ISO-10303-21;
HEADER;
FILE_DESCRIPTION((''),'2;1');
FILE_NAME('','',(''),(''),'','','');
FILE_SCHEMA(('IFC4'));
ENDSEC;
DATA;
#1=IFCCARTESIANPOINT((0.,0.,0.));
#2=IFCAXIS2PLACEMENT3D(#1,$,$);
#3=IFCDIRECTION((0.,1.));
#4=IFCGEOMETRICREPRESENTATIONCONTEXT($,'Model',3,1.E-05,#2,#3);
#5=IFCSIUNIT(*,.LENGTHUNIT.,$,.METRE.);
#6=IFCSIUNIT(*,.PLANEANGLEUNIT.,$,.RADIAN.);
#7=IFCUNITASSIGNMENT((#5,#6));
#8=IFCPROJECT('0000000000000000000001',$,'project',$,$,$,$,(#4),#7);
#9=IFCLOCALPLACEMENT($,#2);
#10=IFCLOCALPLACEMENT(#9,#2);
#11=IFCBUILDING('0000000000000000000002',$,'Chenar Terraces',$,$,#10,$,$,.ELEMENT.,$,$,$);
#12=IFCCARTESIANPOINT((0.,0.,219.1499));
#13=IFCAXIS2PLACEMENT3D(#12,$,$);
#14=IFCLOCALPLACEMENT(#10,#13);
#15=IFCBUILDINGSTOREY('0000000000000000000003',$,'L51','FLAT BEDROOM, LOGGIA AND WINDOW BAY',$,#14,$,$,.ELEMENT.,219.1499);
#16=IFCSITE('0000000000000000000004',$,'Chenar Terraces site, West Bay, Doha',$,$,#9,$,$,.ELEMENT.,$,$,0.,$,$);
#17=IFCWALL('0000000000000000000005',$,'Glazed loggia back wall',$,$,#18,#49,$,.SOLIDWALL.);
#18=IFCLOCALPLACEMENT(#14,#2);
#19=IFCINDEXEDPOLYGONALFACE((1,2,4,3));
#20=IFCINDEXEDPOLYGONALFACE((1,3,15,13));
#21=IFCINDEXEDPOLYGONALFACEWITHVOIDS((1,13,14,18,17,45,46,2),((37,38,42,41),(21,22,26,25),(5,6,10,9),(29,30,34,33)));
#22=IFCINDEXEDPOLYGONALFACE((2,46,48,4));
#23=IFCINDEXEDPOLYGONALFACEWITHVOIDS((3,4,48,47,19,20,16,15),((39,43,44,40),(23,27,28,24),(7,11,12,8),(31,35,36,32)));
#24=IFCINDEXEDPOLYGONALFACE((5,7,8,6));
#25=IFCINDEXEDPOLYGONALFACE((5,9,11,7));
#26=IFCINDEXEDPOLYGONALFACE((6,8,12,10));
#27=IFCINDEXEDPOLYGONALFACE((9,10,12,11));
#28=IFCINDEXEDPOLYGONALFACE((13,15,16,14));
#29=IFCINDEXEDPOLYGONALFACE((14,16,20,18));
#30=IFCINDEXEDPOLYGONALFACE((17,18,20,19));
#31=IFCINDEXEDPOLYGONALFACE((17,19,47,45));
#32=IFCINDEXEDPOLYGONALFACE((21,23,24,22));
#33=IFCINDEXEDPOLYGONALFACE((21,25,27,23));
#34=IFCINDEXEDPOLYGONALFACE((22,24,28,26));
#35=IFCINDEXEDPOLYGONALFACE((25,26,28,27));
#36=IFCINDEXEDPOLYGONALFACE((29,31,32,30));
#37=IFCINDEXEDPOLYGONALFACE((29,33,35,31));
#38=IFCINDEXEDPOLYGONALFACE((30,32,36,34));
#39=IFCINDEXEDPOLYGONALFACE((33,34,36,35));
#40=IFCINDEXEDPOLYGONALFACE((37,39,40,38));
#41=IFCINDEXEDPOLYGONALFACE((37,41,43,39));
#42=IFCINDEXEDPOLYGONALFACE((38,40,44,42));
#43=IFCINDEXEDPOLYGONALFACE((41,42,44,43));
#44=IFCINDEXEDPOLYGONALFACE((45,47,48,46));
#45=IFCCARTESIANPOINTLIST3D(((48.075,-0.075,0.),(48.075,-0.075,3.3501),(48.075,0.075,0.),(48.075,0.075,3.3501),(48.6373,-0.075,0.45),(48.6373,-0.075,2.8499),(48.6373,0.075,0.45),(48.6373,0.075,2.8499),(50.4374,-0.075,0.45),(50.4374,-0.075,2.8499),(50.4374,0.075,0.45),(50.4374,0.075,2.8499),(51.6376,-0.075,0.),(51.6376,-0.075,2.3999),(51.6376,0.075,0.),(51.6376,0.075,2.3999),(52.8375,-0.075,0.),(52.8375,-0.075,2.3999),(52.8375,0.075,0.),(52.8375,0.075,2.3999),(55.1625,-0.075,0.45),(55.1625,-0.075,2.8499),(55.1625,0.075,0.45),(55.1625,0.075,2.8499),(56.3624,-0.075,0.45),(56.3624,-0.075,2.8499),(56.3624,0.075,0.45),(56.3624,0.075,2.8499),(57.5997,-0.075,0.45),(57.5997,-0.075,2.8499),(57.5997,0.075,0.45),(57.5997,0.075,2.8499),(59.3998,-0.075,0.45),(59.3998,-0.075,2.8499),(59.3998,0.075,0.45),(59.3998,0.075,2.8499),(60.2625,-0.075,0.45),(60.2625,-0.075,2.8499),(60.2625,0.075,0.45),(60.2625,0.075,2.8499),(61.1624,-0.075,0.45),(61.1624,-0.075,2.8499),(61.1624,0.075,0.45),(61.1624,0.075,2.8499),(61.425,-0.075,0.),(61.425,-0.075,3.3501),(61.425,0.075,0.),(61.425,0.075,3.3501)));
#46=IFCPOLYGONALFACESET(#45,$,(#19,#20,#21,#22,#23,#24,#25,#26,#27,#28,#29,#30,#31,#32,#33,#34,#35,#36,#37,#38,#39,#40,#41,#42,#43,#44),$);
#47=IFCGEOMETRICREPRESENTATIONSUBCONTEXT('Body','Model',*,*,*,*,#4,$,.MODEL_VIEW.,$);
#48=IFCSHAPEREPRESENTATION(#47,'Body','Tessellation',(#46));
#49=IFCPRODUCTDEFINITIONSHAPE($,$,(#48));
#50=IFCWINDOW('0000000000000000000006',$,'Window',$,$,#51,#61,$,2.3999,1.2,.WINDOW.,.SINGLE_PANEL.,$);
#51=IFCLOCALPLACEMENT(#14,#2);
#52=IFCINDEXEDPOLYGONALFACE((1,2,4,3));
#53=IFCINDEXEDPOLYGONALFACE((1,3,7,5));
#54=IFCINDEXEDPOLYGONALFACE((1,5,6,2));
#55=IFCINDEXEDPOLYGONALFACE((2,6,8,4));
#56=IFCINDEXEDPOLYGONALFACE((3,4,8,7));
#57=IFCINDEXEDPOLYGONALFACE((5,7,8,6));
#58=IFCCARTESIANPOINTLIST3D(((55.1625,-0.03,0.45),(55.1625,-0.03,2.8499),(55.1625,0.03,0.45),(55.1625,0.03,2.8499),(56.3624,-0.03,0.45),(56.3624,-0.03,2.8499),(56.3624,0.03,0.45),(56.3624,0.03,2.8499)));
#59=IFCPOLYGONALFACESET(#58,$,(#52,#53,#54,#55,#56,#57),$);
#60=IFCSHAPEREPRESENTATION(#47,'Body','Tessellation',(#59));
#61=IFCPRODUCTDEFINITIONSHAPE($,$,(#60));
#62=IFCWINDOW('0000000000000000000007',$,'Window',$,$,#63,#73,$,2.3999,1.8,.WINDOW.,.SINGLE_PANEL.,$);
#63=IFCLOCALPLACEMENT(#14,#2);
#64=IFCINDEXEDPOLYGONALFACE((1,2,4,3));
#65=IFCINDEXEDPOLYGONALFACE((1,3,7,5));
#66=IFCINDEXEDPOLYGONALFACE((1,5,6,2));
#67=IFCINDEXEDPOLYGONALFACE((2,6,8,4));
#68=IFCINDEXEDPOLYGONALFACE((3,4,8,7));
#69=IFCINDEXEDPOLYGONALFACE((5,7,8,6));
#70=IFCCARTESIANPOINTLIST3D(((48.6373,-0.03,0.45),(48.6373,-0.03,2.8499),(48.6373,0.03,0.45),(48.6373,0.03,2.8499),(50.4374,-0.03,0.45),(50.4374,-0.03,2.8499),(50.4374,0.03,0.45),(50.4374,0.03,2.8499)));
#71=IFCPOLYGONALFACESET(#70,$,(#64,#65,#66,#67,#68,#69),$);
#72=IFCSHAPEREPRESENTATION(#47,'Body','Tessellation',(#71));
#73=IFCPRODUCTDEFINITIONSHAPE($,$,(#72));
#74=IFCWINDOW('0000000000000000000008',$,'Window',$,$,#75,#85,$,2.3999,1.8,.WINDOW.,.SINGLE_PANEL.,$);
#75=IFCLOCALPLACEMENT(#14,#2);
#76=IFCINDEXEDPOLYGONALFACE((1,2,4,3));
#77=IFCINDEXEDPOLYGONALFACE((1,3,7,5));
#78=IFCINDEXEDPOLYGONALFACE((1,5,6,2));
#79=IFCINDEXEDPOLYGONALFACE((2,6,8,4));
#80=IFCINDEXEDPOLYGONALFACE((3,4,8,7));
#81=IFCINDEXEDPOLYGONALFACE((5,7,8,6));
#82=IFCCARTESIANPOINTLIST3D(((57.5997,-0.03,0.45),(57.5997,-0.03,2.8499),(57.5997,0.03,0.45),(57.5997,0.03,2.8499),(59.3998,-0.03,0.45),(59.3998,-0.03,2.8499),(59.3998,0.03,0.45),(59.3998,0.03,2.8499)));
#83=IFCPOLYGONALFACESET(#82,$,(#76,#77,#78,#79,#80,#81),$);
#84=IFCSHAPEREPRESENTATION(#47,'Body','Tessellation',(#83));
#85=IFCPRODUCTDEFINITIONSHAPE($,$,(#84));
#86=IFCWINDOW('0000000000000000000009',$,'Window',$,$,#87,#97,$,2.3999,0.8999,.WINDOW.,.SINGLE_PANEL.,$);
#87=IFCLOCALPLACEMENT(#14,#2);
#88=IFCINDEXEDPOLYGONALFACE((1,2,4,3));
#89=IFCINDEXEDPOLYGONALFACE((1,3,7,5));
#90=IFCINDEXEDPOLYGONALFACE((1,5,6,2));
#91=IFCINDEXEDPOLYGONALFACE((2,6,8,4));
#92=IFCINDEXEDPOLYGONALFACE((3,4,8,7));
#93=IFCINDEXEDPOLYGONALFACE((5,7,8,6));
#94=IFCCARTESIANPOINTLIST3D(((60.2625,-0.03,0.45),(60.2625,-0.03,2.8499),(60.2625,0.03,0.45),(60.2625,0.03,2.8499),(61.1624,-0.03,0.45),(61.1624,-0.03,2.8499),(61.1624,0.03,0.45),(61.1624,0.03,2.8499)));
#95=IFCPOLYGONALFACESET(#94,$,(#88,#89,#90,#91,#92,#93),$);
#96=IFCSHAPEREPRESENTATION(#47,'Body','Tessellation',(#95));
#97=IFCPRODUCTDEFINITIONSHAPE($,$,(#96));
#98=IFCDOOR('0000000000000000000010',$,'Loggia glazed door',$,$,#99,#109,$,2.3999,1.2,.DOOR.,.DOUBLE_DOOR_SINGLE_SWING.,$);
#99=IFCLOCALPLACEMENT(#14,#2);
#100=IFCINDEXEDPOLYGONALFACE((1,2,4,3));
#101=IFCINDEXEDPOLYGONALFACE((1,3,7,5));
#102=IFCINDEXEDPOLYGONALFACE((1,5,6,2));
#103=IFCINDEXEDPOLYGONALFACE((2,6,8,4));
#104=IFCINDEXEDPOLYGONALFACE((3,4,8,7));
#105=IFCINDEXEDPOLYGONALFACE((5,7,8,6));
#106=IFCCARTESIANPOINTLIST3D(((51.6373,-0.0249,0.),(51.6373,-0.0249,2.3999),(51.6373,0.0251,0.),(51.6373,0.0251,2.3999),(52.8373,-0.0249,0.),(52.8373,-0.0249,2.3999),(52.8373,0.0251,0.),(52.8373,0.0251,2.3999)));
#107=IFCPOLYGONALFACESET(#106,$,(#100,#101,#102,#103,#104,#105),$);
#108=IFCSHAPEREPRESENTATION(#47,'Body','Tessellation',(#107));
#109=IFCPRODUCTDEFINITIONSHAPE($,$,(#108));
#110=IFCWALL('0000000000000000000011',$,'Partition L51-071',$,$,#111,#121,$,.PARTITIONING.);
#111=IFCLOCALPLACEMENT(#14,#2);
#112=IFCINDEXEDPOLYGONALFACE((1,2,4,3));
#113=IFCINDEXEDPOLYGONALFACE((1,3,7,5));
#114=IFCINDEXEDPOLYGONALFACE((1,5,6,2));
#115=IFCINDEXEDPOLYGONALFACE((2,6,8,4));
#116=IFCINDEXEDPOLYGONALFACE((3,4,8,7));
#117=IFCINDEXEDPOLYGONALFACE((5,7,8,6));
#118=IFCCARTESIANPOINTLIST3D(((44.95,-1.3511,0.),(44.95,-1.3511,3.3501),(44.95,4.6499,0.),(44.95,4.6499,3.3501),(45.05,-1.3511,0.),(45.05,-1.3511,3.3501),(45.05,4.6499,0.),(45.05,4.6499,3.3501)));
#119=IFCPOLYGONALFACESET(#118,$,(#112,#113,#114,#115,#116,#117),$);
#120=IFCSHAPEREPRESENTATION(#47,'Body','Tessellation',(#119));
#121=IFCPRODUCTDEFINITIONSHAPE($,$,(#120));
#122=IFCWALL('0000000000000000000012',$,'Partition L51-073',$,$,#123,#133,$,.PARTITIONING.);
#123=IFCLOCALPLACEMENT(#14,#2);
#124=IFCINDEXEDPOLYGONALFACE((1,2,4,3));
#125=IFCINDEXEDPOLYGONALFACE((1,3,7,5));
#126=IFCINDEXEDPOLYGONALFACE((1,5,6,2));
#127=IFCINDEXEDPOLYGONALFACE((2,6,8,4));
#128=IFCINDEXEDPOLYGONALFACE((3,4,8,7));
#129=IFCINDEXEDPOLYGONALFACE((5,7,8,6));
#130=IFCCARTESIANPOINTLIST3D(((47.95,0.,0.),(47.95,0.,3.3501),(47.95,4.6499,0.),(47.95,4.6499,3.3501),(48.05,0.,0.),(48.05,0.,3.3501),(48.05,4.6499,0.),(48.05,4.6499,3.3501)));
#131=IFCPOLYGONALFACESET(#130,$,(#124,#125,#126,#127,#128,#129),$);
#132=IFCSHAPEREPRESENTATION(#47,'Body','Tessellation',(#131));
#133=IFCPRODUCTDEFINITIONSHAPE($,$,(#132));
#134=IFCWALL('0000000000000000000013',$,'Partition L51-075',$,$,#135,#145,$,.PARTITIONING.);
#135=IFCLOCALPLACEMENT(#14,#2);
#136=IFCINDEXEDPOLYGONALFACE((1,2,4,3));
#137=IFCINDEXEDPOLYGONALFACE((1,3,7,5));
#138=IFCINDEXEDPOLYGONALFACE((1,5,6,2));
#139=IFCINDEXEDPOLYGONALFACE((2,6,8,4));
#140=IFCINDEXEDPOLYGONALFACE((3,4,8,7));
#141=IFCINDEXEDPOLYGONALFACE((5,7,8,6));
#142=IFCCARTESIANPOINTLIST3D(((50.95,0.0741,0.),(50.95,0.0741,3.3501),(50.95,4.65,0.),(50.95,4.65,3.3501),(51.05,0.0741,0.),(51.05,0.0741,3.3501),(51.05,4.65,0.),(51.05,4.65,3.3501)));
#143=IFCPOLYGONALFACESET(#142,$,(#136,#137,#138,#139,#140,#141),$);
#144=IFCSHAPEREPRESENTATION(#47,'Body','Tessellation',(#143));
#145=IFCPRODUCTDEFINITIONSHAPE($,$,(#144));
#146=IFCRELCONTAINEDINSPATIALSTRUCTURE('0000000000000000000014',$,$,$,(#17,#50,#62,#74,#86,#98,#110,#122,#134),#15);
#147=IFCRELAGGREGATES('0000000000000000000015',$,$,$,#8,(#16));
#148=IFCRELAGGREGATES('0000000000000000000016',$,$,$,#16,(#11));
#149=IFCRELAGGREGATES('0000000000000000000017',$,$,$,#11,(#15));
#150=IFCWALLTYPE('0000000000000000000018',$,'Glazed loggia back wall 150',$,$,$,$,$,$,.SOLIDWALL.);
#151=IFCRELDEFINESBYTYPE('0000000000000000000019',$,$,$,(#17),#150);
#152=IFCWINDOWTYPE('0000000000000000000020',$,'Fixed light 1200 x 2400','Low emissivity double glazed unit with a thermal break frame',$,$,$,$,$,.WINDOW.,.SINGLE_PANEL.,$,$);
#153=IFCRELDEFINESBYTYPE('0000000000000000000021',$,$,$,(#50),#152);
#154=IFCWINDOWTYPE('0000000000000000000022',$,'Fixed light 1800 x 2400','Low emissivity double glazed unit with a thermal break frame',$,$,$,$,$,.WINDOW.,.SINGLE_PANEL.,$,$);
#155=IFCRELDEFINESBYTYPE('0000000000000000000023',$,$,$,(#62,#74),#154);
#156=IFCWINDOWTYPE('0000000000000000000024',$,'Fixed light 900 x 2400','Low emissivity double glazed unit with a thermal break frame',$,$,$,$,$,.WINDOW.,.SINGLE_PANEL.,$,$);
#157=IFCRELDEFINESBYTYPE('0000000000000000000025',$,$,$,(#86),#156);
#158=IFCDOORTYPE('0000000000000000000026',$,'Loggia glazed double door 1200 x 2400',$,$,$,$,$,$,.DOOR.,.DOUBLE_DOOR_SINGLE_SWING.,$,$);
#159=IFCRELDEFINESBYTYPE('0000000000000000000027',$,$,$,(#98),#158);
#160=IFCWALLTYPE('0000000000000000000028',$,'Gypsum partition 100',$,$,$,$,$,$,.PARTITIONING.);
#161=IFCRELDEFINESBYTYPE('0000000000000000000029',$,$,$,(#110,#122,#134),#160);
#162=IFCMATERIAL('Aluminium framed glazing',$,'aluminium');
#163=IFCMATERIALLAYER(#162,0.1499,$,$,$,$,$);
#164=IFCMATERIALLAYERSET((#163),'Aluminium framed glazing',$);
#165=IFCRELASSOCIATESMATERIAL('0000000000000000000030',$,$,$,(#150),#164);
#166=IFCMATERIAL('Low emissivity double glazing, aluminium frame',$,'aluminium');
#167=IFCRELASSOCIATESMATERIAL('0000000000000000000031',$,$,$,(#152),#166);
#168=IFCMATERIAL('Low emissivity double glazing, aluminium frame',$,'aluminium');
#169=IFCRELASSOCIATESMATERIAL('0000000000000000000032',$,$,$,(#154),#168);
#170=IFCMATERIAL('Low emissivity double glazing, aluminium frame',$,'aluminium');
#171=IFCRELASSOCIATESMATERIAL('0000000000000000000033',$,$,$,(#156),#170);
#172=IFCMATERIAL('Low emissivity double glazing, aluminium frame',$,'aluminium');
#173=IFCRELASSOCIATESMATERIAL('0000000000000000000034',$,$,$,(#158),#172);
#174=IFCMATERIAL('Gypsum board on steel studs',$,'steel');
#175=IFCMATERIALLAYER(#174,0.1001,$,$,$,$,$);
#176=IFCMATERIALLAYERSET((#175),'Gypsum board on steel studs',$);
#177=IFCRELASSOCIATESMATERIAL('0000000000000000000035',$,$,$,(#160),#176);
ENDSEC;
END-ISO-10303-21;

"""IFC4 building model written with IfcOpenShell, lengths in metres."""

from ifc_helpers import new_model, si_unit, direction, frame, frame_2d, origin, place, context, subcontext, project, spatial, rectangle, extrude, material, layer, layer_set, type_object, element, fill, save


model = new_model("IFC4")

# Units and contexts
model_context = context("Model", 3, precision=1e-05, world=origin(), true_north=direction((0.0, 1.0)))
body_context = subcontext(model_context, "Body", "Model", "MODEL_VIEW")
ifc_project = project(units=[si_unit("LENGTHUNIT", "METRE"), si_unit("PLANEANGLEUNIT", "RADIAN")], contexts=[model_context])

# Site, building, storey
site_placement = place(None, origin())
site = spatial("IfcSite", under=ifc_project, at=site_placement, Name="Chenar Terraces site, West Bay, Doha", CompositionType="ELEMENT", RefElevation=0.0)
building_placement = place(site_placement, origin())
building = spatial("IfcBuilding", under=site, at=building_placement, Name="Chenar Terraces", CompositionType="ELEMENT")
storey_placement = place(building_placement, frame((0.0, 0.0, 219.1499)))
storey = spatial("IfcBuildingStorey", under=building, at=storey_placement, Name="L51", Description="FLAT BEDROOM, LOGGIA AND WINDOW BAY", CompositionType="ELEMENT", Elevation=219.1499)

# Wall, openings, windows, door
ifc_material_1 = material(Name="Aluminium framed glazing", Category="aluminium")
ifc_layer_1 = layer(ifc_material_1, 0.1499)
ifc_layer_set_1 = layer_set([ifc_layer_1], Name="Aluminium framed glazing")
wall_type_1 = type_object("IfcWallType", Name="Glazed loggia back wall 150", PredefinedType="SOLIDWALL", material=ifc_layer_set_1)
wall_1_placement = place(storey_placement, frame((48.075, 0.0, 0.0), z_axis=(0.0, 0.0, 1.0), x_axis=(1.0, 0.0, 0.0)))
wall_1 = element("IfcWall", 1, at=wall_1_placement, inside=storey, type_object=wall_type_1, Name="Glazed loggia back wall", PredefinedType="SOLIDWALL", context=body_context, shape_type="SweptSolid", body=[
    extrude(rectangle(XDim=13.3501, YDim=0.1499, at=frame_2d((6.675, 0.0))), origin(), (0.0, 0.0, 1.0), 3.3501),
])
opening_1_placement = place(wall_1_placement, frame((0.5625, 0.0, 0.45)))
opening_1 = element("IfcOpeningElement", 2, at=opening_1_placement, cuts=wall_1, PredefinedType="OPENING", context=body_context, shape_type="SweptSolid", body=[
    extrude(rectangle(XDim=1.8, YDim=2.3999, at=frame_2d((0.8999, 1.2))), frame((0.0, 0.085, 0.0), z_axis=(0.0, -1.0, 0.0), x_axis=(1.0, 0.0, 0.0)), (0.0, 0.0, 1.0), 0.1699),
])
opening_2_placement = place(wall_1_placement, frame((3.5625, 0.0, 0.0)))
opening_2 = element("IfcOpeningElement", 3, at=opening_2_placement, cuts=wall_1, PredefinedType="OPENING", context=body_context, shape_type="SweptSolid", body=[
    extrude(rectangle(XDim=1.2, YDim=2.3999, at=frame_2d((0.6001, 1.2))), frame((0.0, 0.085, 0.0), z_axis=(0.0, -1.0, 0.0), x_axis=(1.0, 0.0, 0.0)), (0.0, 0.0, 1.0), 0.1699),
])
opening_3_placement = place(wall_1_placement, frame((7.0874, 0.0, 0.45)))
opening_3 = element("IfcOpeningElement", 4, at=opening_3_placement, cuts=wall_1, PredefinedType="OPENING", context=body_context, shape_type="SweptSolid", body=[
    extrude(rectangle(XDim=1.2, YDim=2.3999, at=frame_2d((0.6001, 1.2))), frame((0.0, 0.085, 0.0), z_axis=(0.0, -1.0, 0.0), x_axis=(1.0, 0.0, 0.0)), (0.0, 0.0, 1.0), 0.1699),
])
opening_4_placement = place(wall_1_placement, frame((9.5249, 0.0, 0.45)))
opening_4 = element("IfcOpeningElement", 5, at=opening_4_placement, cuts=wall_1, PredefinedType="OPENING", context=body_context, shape_type="SweptSolid", body=[
    extrude(rectangle(XDim=1.8, YDim=2.3999, at=frame_2d((0.8999, 1.2))), frame((0.0, 0.085, 0.0), z_axis=(0.0, -1.0, 0.0), x_axis=(1.0, 0.0, 0.0)), (0.0, 0.0, 1.0), 0.1699),
])
opening_5_placement = place(wall_1_placement, frame((12.1875, 0.0, 0.45)))
opening_5 = element("IfcOpeningElement", 6, at=opening_5_placement, cuts=wall_1, PredefinedType="OPENING", context=body_context, shape_type="SweptSolid", body=[
    extrude(rectangle(XDim=0.8999, YDim=2.3999, at=frame_2d((0.45, 1.2))), frame((0.0, 0.085, 0.0), z_axis=(0.0, -1.0, 0.0), x_axis=(1.0, 0.0, 0.0)), (0.0, 0.0, 1.0), 0.1699),
])
ifc_material_2 = material(Name="Low emissivity double glazing, aluminium frame", Category="aluminium")
window_type_1 = type_object("IfcWindowType", Name="Fixed light 1200 x 2400", Description="Low emissivity double glazed unit with a thermal break frame", PartitioningType="SINGLE_PANEL", PredefinedType="WINDOW", material=ifc_material_2)
window_1_placement = place(opening_3_placement, origin())
window_1 = element("IfcWindow", 7, at=window_1_placement, inside=storey, type_object=window_type_1, Name="Window", OverallHeight=2.3999, OverallWidth=1.2, PartitioningType="SINGLE_PANEL", PredefinedType="WINDOW", context=body_context, shape_type="SweptSolid", body=[
    extrude(rectangle(XDim=1.2, YDim=2.3999, at=frame_2d((0.6001, 1.2))), frame((0.0, 0.03, 0.0), z_axis=(0.0, -1.0, 0.0), x_axis=(1.0, 0.0, 0.0)), (0.0, 0.0, 1.0), 0.0601),
])
fill(opening_3, window_1)
ifc_material_3 = material(Name="Low emissivity double glazing, aluminium frame", Category="aluminium")
window_type_2 = type_object("IfcWindowType", Name="Fixed light 1800 x 2400", Description="Low emissivity double glazed unit with a thermal break frame", PartitioningType="SINGLE_PANEL", PredefinedType="WINDOW", material=ifc_material_3)
window_2_placement = place(opening_1_placement, origin())
window_2 = element("IfcWindow", 8, at=window_2_placement, inside=storey, type_object=window_type_2, Name="Window", OverallHeight=2.3999, OverallWidth=1.8, PartitioningType="SINGLE_PANEL", PredefinedType="WINDOW", context=body_context, shape_type="SweptSolid", body=[
    extrude(rectangle(XDim=1.8, YDim=2.3999, at=frame_2d((0.8999, 1.2))), frame((0.0, 0.03, 0.0), z_axis=(0.0, -1.0, 0.0), x_axis=(1.0, 0.0, 0.0)), (0.0, 0.0, 1.0), 0.0601),
])
fill(opening_1, window_2)
window_3_placement = place(opening_4_placement, origin())
window_3 = element("IfcWindow", 9, at=window_3_placement, inside=storey, type_object=window_type_2, Name="Window", OverallHeight=2.3999, OverallWidth=1.8, PartitioningType="SINGLE_PANEL", PredefinedType="WINDOW", context=body_context, shape_type="SweptSolid", body=[
    extrude(rectangle(XDim=1.8, YDim=2.3999, at=frame_2d((0.8999, 1.2))), frame((0.0, 0.03, 0.0), z_axis=(0.0, -1.0, 0.0), x_axis=(1.0, 0.0, 0.0)), (0.0, 0.0, 1.0), 0.0601),
])
fill(opening_4, window_3)
ifc_material_4 = material(Name="Low emissivity double glazing, aluminium frame", Category="aluminium")
window_type_3 = type_object("IfcWindowType", Name="Fixed light 900 x 2400", Description="Low emissivity double glazed unit with a thermal break frame", PartitioningType="SINGLE_PANEL", PredefinedType="WINDOW", material=ifc_material_4)
window_4_placement = place(opening_5_placement, origin())
window_4 = element("IfcWindow", 10, at=window_4_placement, inside=storey, type_object=window_type_3, Name="Window", OverallHeight=2.3999, OverallWidth=0.8999, PartitioningType="SINGLE_PANEL", PredefinedType="WINDOW", context=body_context, shape_type="SweptSolid", body=[
    extrude(rectangle(XDim=0.8999, YDim=2.3999, at=frame_2d((0.45, 1.2))), frame((0.0, 0.03, 0.0), z_axis=(0.0, -1.0, 0.0), x_axis=(1.0, 0.0, 0.0)), (0.0, 0.0, 1.0), 0.0601),
])
fill(opening_5, window_4)
ifc_material_5 = material(Name="Low emissivity double glazing, aluminium frame", Category="aluminium")
door_type_1 = type_object("IfcDoorType", Name="Loggia glazed double door 1200 x 2400", OperationType="DOUBLE_DOOR_SINGLE_SWING", PredefinedType="DOOR", material=ifc_material_5)
door_1_placement = place(opening_2_placement, frame((1.2, 0.0, 0.0), z_axis=(0.0, 0.0, 1.0), x_axis=(-1.0, 0.0, 0.0)))
door_1 = element("IfcDoor", 11, at=door_1_placement, inside=storey, type_object=door_type_1, Name="Loggia glazed door", OperationType="DOUBLE_DOOR_SINGLE_SWING", OverallHeight=2.3999, OverallWidth=1.2, PredefinedType="DOOR", context=body_context, shape_type="SweptSolid", body=[
    extrude(rectangle(XDim=1.2, YDim=2.3999, at=frame_2d((0.6001, 1.2))), frame((0.0, 0.0249, 0.0), z_axis=(0.0, -1.0, 0.0), x_axis=(1.0, 0.0, 0.0)), (0.0, 0.0, 1.0), 0.05),
])
fill(opening_2, door_1)

# Walls
ifc_material_6 = material(Name="Gypsum board on steel studs", Category="steel")
ifc_layer_2 = layer(ifc_material_6, 0.1001)
ifc_layer_set_2 = layer_set([ifc_layer_2], Name="Gypsum board on steel studs")
wall_type_2 = type_object("IfcWallType", Name="Gypsum partition 100", PredefinedType="PARTITIONING", material=ifc_layer_set_2)
wall_2_placement = place(storey_placement, frame((45.0, -1.3511, 0.0), z_axis=(0.0, 0.0, 1.0), x_axis=(0.0, 1.0, 0.0)))
element("IfcWall", 12, at=wall_2_placement, inside=storey, type_object=wall_type_2, Name="Partition L51-071", PredefinedType="PARTITIONING", context=body_context, shape_type="SweptSolid", body=[
    extrude(rectangle(XDim=6.001, YDim=0.1001, at=frame_2d((3.0005, 0.0))), origin(), (0.0, 0.0, 1.0), 3.3501),
])
wall_3_placement = place(storey_placement, frame((48.0, 0.0, 0.0), z_axis=(0.0, 0.0, 1.0), x_axis=(0.0, 1.0, 0.0)))
element("IfcWall", 13, at=wall_3_placement, inside=storey, type_object=wall_type_2, Name="Partition L51-073", PredefinedType="PARTITIONING", context=body_context, shape_type="SweptSolid", body=[
    extrude(rectangle(XDim=4.6499, YDim=0.1001, at=frame_2d((2.325, 0.0))), origin(), (0.0, 0.0, 1.0), 3.3501),
])
wall_4_placement = place(storey_placement, frame((51.0, 0.074, 0.0), z_axis=(0.0, 0.0, 1.0), x_axis=(0.0, 1.0, 0.0)))
element("IfcWall", 14, at=wall_4_placement, inside=storey, type_object=wall_type_2, Name="Partition L51-075", PredefinedType="PARTITIONING", context=body_context, shape_type="SweptSolid", body=[
    extrude(rectangle(XDim=4.5759, YDim=0.1001, at=frame_2d((2.2881, 0.0))), origin(), (0.0, 0.0, 1.0), 3.3501),
])

save(model, "model.ifc")
